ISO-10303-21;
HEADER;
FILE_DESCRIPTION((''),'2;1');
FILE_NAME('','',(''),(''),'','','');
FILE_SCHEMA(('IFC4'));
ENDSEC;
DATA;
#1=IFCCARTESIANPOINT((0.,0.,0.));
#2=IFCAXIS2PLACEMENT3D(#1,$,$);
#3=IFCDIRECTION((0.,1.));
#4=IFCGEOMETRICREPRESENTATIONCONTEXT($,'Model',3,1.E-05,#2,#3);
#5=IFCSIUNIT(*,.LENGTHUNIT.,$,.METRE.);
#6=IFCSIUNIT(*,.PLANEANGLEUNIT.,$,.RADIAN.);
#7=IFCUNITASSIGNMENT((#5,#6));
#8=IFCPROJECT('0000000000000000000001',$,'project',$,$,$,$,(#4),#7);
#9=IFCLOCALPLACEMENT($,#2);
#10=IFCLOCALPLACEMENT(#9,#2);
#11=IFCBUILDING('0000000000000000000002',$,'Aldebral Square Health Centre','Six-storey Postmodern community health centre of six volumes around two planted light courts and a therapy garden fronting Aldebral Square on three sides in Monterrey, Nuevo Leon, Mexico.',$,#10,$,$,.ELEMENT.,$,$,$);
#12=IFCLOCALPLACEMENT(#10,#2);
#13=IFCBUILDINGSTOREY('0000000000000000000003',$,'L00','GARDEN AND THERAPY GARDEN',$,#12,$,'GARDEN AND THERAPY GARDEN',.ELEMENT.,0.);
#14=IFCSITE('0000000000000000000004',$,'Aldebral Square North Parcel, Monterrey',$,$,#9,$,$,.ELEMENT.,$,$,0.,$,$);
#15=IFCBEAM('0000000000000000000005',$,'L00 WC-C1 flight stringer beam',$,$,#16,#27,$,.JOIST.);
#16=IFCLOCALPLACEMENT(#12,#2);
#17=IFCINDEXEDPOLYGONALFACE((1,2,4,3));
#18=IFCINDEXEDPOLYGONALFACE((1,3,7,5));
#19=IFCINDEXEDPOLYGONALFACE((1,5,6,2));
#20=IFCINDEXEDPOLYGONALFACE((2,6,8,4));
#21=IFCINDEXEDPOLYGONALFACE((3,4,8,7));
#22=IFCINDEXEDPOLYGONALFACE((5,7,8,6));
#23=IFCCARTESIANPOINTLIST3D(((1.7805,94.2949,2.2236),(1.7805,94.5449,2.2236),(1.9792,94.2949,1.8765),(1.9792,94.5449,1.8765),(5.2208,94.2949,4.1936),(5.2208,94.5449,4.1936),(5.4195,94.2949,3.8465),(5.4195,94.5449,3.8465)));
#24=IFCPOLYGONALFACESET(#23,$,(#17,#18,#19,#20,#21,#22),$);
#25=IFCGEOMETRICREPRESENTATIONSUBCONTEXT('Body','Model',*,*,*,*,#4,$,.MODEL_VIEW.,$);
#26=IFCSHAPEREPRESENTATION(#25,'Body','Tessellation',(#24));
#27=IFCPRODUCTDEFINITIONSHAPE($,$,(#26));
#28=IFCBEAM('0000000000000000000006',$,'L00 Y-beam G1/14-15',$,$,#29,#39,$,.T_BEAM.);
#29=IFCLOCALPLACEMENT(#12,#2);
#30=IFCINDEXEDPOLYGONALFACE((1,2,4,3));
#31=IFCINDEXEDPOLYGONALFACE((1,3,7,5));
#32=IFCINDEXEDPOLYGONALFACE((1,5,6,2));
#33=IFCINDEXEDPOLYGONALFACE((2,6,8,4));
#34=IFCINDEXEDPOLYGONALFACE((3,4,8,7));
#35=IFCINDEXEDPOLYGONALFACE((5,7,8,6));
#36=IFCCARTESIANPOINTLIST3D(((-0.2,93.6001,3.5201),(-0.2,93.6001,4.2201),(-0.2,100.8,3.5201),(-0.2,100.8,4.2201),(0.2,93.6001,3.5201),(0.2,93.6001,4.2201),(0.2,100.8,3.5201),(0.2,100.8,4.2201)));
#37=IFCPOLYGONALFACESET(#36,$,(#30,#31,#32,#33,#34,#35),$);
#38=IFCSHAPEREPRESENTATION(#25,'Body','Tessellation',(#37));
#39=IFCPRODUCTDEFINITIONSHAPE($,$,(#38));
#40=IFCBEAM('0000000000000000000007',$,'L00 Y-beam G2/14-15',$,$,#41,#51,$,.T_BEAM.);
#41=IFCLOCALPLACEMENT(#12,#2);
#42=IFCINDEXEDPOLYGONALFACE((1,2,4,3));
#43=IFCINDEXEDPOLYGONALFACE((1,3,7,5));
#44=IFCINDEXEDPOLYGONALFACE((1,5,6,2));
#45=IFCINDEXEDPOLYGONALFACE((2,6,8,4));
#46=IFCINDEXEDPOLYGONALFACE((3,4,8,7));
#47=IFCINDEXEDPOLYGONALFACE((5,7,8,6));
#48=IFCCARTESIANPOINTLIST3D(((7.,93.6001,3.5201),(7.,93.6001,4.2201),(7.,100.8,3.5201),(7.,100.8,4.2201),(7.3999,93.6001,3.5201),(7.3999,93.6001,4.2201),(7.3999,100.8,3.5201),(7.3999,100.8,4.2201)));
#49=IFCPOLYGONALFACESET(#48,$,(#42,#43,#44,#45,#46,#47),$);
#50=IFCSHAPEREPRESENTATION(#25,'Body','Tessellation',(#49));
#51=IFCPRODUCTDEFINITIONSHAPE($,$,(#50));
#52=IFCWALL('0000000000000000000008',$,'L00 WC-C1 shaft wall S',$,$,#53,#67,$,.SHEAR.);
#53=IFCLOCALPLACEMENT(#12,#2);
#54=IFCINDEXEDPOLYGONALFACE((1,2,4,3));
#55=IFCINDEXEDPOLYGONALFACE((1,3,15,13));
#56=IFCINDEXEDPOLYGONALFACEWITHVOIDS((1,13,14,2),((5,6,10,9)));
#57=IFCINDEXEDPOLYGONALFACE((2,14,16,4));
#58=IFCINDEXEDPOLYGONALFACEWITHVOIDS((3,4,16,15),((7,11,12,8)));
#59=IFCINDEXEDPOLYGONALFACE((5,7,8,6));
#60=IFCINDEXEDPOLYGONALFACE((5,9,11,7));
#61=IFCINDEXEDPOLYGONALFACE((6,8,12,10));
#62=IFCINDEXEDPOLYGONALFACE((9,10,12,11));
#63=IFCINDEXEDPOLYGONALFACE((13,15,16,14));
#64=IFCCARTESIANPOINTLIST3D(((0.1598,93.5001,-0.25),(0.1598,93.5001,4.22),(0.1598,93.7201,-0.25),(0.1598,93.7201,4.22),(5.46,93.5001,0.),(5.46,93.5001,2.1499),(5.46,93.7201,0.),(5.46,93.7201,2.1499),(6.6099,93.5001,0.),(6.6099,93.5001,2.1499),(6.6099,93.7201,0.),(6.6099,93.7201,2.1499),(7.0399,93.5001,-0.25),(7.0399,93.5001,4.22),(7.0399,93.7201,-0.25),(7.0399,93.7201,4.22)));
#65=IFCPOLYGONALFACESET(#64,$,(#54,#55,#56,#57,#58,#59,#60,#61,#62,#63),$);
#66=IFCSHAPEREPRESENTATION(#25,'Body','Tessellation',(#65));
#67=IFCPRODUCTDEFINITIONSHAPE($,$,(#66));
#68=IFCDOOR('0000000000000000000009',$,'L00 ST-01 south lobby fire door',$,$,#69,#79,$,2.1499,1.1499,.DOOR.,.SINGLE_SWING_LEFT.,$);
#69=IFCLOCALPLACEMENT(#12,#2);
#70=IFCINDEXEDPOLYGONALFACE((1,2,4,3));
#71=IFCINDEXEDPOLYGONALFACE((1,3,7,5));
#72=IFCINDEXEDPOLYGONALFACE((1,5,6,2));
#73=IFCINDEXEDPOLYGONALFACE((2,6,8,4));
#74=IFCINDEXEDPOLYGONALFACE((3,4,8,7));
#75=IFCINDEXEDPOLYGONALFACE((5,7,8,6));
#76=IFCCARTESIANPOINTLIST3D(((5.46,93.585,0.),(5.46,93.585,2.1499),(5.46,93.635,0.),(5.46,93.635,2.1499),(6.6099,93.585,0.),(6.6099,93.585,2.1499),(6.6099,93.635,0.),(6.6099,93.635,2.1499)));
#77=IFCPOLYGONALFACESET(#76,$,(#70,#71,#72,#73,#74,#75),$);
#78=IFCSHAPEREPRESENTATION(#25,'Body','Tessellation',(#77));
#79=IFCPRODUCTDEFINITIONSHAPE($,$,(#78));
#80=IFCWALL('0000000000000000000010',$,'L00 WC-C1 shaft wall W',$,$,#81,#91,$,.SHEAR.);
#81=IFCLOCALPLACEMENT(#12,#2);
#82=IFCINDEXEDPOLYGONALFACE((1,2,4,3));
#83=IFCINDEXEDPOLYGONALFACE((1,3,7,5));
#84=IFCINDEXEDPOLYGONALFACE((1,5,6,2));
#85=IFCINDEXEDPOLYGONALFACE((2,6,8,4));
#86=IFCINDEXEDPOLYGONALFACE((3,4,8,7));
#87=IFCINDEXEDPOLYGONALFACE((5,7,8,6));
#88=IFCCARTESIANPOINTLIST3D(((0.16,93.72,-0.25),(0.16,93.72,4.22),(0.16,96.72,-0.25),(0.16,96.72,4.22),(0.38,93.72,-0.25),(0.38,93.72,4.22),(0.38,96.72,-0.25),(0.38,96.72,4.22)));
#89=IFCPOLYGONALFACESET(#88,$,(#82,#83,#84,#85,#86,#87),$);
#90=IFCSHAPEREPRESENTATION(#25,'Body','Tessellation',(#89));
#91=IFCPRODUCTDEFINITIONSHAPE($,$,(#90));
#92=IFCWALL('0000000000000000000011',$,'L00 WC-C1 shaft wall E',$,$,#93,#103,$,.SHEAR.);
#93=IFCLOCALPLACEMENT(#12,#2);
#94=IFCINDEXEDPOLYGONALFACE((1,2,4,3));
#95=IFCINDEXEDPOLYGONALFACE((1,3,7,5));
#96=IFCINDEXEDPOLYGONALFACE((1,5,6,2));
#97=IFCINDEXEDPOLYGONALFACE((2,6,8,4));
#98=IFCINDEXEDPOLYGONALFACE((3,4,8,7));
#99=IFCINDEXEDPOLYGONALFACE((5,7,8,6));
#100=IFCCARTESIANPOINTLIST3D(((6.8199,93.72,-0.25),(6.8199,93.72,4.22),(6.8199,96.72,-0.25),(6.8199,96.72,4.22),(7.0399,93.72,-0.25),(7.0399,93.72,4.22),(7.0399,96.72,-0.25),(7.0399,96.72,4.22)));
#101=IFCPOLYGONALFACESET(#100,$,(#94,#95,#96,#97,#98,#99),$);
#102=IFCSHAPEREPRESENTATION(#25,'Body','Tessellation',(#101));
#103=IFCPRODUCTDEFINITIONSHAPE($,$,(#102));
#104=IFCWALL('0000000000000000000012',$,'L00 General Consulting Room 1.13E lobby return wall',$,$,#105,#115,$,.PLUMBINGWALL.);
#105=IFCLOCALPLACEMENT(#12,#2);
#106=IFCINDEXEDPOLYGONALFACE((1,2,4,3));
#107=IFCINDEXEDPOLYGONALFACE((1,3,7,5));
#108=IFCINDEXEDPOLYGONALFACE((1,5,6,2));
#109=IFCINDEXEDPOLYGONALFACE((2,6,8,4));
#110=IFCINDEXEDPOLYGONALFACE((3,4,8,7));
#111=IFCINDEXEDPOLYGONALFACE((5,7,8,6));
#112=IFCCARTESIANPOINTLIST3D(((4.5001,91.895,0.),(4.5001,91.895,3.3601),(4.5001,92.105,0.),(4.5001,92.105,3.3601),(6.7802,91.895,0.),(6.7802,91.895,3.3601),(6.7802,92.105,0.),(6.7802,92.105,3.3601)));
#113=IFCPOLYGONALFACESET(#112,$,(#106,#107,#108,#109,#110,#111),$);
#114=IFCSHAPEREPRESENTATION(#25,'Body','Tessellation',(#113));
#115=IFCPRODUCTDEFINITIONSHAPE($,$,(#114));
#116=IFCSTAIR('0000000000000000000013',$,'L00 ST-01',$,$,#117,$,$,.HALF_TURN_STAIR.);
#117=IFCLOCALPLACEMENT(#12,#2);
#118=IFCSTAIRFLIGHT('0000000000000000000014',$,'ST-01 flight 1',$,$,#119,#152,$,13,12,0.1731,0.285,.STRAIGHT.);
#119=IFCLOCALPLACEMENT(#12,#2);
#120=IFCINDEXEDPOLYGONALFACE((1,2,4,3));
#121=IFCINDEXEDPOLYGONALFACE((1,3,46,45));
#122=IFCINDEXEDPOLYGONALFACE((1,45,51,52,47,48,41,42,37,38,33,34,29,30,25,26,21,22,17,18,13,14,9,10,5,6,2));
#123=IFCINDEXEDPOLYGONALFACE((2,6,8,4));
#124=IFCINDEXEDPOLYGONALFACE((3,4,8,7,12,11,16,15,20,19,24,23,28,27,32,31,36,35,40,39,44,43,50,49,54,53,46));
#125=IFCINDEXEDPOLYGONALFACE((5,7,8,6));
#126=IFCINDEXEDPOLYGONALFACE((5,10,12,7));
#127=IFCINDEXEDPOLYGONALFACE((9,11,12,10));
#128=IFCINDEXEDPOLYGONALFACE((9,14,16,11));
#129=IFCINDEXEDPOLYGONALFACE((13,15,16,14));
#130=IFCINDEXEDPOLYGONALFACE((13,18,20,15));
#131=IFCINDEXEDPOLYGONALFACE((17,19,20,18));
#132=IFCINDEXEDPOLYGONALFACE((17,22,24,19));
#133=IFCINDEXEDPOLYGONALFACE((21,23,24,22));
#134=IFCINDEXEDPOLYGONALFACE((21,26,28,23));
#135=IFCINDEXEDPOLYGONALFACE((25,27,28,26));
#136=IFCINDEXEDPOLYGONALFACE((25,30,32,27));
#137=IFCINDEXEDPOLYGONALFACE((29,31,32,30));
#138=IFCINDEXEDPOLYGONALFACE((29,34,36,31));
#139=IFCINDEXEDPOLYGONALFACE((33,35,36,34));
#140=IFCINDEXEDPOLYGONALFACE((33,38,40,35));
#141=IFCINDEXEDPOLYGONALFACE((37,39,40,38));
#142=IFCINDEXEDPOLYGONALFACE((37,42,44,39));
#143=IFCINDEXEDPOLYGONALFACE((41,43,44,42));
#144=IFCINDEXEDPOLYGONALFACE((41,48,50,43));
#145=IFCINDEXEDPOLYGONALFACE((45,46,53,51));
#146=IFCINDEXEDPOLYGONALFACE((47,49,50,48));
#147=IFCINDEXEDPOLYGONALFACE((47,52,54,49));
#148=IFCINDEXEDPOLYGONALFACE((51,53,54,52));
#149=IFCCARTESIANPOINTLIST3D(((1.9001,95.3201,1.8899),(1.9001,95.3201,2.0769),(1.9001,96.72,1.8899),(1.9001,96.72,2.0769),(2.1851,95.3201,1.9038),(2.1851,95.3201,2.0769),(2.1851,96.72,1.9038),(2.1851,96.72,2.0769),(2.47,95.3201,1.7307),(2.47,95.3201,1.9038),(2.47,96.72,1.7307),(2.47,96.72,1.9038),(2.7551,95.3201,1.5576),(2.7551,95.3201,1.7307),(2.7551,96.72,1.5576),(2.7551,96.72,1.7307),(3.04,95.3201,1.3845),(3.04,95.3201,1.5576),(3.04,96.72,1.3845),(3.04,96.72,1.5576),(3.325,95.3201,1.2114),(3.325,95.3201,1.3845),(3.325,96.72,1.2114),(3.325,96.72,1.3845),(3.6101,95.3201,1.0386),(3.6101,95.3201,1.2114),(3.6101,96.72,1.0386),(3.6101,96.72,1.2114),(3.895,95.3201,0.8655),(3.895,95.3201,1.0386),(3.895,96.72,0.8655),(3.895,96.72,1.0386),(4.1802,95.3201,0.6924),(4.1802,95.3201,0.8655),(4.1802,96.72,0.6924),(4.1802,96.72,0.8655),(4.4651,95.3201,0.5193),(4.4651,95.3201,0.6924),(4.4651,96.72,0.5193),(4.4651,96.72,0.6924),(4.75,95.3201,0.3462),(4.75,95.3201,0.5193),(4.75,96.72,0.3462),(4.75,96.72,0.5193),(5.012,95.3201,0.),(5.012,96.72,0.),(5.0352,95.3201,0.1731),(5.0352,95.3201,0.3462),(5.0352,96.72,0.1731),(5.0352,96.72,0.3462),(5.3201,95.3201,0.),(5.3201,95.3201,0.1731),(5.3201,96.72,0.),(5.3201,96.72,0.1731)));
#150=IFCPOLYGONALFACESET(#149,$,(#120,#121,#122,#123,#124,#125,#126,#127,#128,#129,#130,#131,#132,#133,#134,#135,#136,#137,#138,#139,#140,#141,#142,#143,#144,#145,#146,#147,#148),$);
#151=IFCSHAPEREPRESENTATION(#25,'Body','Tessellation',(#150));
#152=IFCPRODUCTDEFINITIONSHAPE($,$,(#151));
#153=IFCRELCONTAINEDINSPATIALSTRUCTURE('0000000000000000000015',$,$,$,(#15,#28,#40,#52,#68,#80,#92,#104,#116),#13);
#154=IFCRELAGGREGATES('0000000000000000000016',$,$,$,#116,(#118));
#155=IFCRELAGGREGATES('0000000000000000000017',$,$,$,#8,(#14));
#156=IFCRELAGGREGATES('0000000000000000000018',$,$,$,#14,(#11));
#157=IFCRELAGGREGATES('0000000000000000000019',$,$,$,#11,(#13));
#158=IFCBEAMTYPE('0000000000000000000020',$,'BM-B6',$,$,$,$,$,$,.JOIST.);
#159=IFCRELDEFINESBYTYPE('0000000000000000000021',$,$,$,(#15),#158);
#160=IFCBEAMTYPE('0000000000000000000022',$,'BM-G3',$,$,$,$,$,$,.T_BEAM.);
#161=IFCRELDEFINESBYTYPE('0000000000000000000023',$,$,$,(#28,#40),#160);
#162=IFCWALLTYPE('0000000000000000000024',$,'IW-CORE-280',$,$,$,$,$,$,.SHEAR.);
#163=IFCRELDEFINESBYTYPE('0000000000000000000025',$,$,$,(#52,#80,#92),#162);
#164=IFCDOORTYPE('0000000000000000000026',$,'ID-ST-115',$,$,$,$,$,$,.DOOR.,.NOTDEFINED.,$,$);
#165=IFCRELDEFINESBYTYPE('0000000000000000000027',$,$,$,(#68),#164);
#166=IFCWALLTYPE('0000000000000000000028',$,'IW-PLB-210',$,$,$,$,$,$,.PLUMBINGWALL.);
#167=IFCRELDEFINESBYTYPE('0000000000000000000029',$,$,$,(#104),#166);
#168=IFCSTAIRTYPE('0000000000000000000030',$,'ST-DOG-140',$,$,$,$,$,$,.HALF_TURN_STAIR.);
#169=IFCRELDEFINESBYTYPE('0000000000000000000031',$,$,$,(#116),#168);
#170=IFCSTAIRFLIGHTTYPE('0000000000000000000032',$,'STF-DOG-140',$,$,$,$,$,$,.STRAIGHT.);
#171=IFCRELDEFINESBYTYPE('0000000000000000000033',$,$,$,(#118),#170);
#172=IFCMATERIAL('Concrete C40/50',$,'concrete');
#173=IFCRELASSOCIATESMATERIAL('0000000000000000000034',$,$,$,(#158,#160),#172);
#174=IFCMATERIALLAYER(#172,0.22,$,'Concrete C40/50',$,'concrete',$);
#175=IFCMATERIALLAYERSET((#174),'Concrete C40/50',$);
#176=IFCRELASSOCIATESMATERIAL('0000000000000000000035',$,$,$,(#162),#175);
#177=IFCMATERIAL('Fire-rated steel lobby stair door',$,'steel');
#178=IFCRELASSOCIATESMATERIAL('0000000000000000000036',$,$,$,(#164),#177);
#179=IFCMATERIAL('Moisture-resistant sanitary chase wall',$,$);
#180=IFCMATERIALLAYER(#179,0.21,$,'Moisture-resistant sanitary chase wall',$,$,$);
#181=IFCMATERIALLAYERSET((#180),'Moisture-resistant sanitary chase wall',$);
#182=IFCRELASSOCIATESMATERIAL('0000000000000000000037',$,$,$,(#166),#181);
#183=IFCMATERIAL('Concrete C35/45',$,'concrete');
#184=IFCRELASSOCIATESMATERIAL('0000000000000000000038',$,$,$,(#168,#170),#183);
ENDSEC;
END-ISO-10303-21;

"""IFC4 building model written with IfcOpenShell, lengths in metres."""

from ifc_helpers import new_model, si_unit, direction, frame, frame_2d, origin, origin_2d, place, context, subcontext, project, spatial, polyline, rectangle, outline, extrude, material, layer, layer_set, material_profile, profile_set, type_object, element, fill, aggregate, save


model = new_model("IFC4")

# Units and contexts
model_context = context("Model", 3, precision=1e-05, world=origin(), true_north=direction((0.0, 1.0)))
body_context = subcontext(model_context, "Body", "Model", "MODEL_VIEW")
ifc_project = project(units=[si_unit("LENGTHUNIT", "METRE"), si_unit("PLANEANGLEUNIT", "RADIAN")], contexts=[model_context])

# Site, building, storey
site_placement = place(None, origin())
site = spatial("IfcSite", under=ifc_project, at=site_placement, Name="Aldebral Square North Parcel, Monterrey", CompositionType="ELEMENT", RefElevation=0.0)
building_placement = place(site_placement, origin())
building = spatial("IfcBuilding", under=site, at=building_placement, Name="Aldebral Square Health Centre", Description="Six-storey Postmodern community health centre of six volumes around two planted light courts and a therapy garden fronting Aldebral Square on three sides in Monterrey, Nuevo Leon, Mexico.", CompositionType="ELEMENT")
storey_placement = place(building_placement, origin())
storey = spatial("IfcBuildingStorey", under=building, at=storey_placement, Name="L00", Description="GARDEN AND THERAPY GARDEN", LongName="GARDEN AND THERAPY GARDEN", CompositionType="ELEMENT", Elevation=0.0)

# Shared definitions
ifc_material_1 = material(Name="Concrete C35/45", Category="concrete")

# Shared definitions
ifc_material_2 = material(Name="Concrete C40/50", Category="concrete")

# Beams
ifc_material_profile_1 = material_profile(ifc_material_2, rectangle(XDim=0.25, YDim=0.3999, at=origin_2d()), Name="RC 250x400")
ifc_profile_set_1 = profile_set([ifc_material_profile_1], Name="Concrete C40/50")
beam_type_1 = type_object("IfcBeamType", Name="BM-B6", PredefinedType="JOIST", material=ifc_profile_set_1)
beam_1_placement = place(storey_placement, frame((1.8799, 94.4199, 2.05), z_axis=(0.867792, 0.0, 0.496928), x_axis=(0.0, 1.0, 0.0)))
element("IfcBeam", 1, at=beam_1_placement, inside=storey, type_object=beam_type_1, Name="L00 WC-C1 flight stringer beam", PredefinedType="JOIST", context=body_context, shape_type="SweptSolid", body=[
    extrude(rectangle(XDim=0.25, YDim=0.3999, at=origin_2d()), origin(), (0.0, 0.0, 1.0), 3.9644),
])
ifc_material_profile_2 = material_profile(ifc_material_2, rectangle(XDim=0.3999, YDim=0.7, at=origin_2d()), Name="RC 400x700")
ifc_profile_set_2 = profile_set([ifc_material_profile_2], Name="Concrete C40/50")
beam_type_2 = type_object("IfcBeamType", Name="BM-G3", PredefinedType="T_BEAM", material=ifc_profile_set_2)
for number, where, z_axis, x_axis, name in (
    (2, (0.0, 93.6001, 3.8701), (0.0, 1.0, 0.0), (-1.0, 0.0, 0.0), "L00 Y-beam G1/14-15"),
    (3, (7.2, 93.6001, 3.8701), (0.0, 1.0, 0.0), (-1.0, 0.0, 0.0), "L00 Y-beam G2/14-15"),
):
    element("IfcBeam", number, at=place(storey_placement, frame(where, z_axis=z_axis, x_axis=x_axis)), inside=storey, type_object=beam_type_2, Name=name, PredefinedType="T_BEAM", context=body_context, shape_type="SweptSolid", body=[
        extrude(rectangle(XDim=0.3999, YDim=0.7, at=origin_2d()), origin(), (0.0, 0.0, 1.0), 7.2),
    ])

# Wall, opening, door
ifc_layer_1 = layer(ifc_material_2, 0.22, Name="Concrete C40/50", Category="concrete")
ifc_layer_set_1 = layer_set([ifc_layer_1], Name="Concrete C40/50")
wall_type_1 = type_object("IfcWallType", Name="IW-CORE-280", PredefinedType="SHEAR", material=ifc_layer_set_1)
wall_1_placement = place(storey_placement, frame((0.1599, 93.6101, -0.25), z_axis=(0.0, 0.0, 1.0), x_axis=(1.0, 0.0, 0.0)))
wall_1 = element("IfcWall", 4, at=wall_1_placement, inside=storey, type_object=wall_type_1, Name="L00 WC-C1 shaft wall S", PredefinedType="SHEAR", context=body_context, shape_type="SweptSolid", body=[
    extrude(rectangle(XDim=6.8801, YDim=0.22, at=frame_2d((3.4399, 0.0))), origin(), (0.0, 0.0, 1.0), 4.47),
])
opening_placement = place(wall_1_placement, frame((5.3, 0.0, 0.25)))
opening = element("IfcOpeningElement", 5, at=opening_placement, cuts=wall_1, PredefinedType="OPENING", context=body_context, shape_type="SweptSolid", body=[
    extrude(rectangle(XDim=1.1499, YDim=2.1499, at=frame_2d((0.575, 1.075))), frame((0.0, 0.1201, 0.0), z_axis=(0.0, -1.0, 0.0), x_axis=(1.0, 0.0, 0.0)), (0.0, 0.0, 1.0), 0.24),
])
ifc_material_3 = material(Name="Fire-rated steel lobby stair door", Category="steel")
door_type = type_object("IfcDoorType", Name="ID-ST-115", OperationType="NOTDEFINED", PredefinedType="DOOR", material=ifc_material_3)
door_placement = place(opening_placement, origin())
door = element("IfcDoor", 6, at=door_placement, inside=storey, type_object=door_type, Name="L00 ST-01 south lobby fire door", OperationType="SINGLE_SWING_LEFT", OverallHeight=2.1499, OverallWidth=1.1499, PredefinedType="DOOR", context=body_context, shape_type="SweptSolid", body=[
    extrude(rectangle(XDim=1.1499, YDim=2.1499, at=frame_2d((0.575, 1.075))), frame((0.0, 0.0249, 0.0), z_axis=(0.0, -1.0, 0.0), x_axis=(1.0, 0.0, 0.0)), (0.0, 0.0, 1.0), 0.05),
])
fill(opening, door)

# Walls
for number, where, z_axis, x_axis, name in (
    (7, (0.27, 93.72, -0.25), (0.0, 0.0, 1.0), (0.0, 1.0, 0.0), "L00 WC-C1 shaft wall W"),
    (8, (6.9299, 93.72, -0.25), (0.0, 0.0, 1.0), (0.0, 1.0, 0.0), "L00 WC-C1 shaft wall E"),
):
    element("IfcWall", number, at=place(storey_placement, frame(where, z_axis=z_axis, x_axis=x_axis)), inside=storey, type_object=wall_type_1, Name=name, PredefinedType="SHEAR", context=body_context, shape_type="SweptSolid", body=[
        extrude(rectangle(XDim=3.0, YDim=0.22, at=frame_2d((1.5, 0.0))), origin(), (0.0, 0.0, 1.0), 4.47),
    ])
ifc_material_4 = material(Name="Moisture-resistant sanitary chase wall")
ifc_layer_2 = layer(ifc_material_4, 0.21, Name="Moisture-resistant sanitary chase wall")
ifc_layer_set_2 = layer_set([ifc_layer_2], Name="Moisture-resistant sanitary chase wall")
wall_type_2 = type_object("IfcWallType", Name="IW-PLB-210", PredefinedType="PLUMBINGWALL", material=ifc_layer_set_2)
wall_2_placement = place(storey_placement, frame((4.5, 92.0, 0.0), z_axis=(0.0, 0.0, 1.0), x_axis=(1.0, 0.0, 0.0)))
element("IfcWall", 9, at=wall_2_placement, inside=storey, type_object=wall_type_2, Name="L00 General Consulting Room 1.13E lobby return wall", PredefinedType="PLUMBINGWALL", context=body_context, shape_type="SweptSolid", body=[
    extrude(rectangle(XDim=2.28, YDim=0.21, at=frame_2d((1.1401, 0.0))), origin(), (0.0, 0.0, 1.0), 3.3601),
])

# Stair, stair flight
stair_type = type_object("IfcStairType", Name="ST-DOG-140", PredefinedType="HALF_TURN_STAIR", material=ifc_material_1)
stair_placement = place(storey_placement, origin())
stair = element("IfcStair", 10, at=stair_placement, inside=storey, type_object=stair_type, Name="L00 ST-01", PredefinedType="HALF_TURN_STAIR")
stair_flight_type = type_object("IfcStairFlightType", Name="STF-DOG-140", PredefinedType="STRAIGHT", material=ifc_material_1)
stair_flight_1_placement = place(storey_placement, frame((5.3201, 96.02, 0.0), z_axis=(0.0, 0.0, 1.0), x_axis=(-1.0, 0.0, 0.0)))
stair_flight_1 = element("IfcStairFlight", 11, at=stair_flight_1_placement, type_object=stair_flight_type, Name="ST-01 flight 1", NumberOfRisers=13, NumberOfTreads=12, PredefinedType="STRAIGHT", RiserHeight=0.1731, TreadLength=0.285, context=body_context, shape_type="SweptSolid", body=[
    extrude(outline(polyline([(0.0, 0.0), (0.0, 0.1731), (0.2849, 0.1731), (0.2849, 0.3462), (0.5701, 0.3462), (0.5701, 0.5193), (0.855, 0.5193), (0.855, 0.6924), (1.1399, 0.6924), (1.1399, 0.8655), (1.425, 0.8655), (1.425, 1.0386), (1.71, 1.0386), (1.71, 1.2114), (1.9951, 1.2114), (1.9951, 1.3845), (2.28, 1.3845), (2.28, 1.5576), (2.5649, 1.5576), (2.5649, 1.7307), (2.8501, 1.7307), (2.8501, 1.9038), (3.135, 1.9038), (3.135, 2.0769), (3.4199, 2.0769), (3.4199, 2.25), (3.4199, 1.8899), (0.3081, 0.0), (0.0, 0.0)])), frame((0.0, 0.7, 0.0), z_axis=(0.0, -1.0, 0.0), x_axis=(1.0, 0.0, 0.0)), (0.0, 0.0, 1.0), 1.3999),
])
aggregate(stair, [stair_flight_1])

save(model, "model.ifc")
